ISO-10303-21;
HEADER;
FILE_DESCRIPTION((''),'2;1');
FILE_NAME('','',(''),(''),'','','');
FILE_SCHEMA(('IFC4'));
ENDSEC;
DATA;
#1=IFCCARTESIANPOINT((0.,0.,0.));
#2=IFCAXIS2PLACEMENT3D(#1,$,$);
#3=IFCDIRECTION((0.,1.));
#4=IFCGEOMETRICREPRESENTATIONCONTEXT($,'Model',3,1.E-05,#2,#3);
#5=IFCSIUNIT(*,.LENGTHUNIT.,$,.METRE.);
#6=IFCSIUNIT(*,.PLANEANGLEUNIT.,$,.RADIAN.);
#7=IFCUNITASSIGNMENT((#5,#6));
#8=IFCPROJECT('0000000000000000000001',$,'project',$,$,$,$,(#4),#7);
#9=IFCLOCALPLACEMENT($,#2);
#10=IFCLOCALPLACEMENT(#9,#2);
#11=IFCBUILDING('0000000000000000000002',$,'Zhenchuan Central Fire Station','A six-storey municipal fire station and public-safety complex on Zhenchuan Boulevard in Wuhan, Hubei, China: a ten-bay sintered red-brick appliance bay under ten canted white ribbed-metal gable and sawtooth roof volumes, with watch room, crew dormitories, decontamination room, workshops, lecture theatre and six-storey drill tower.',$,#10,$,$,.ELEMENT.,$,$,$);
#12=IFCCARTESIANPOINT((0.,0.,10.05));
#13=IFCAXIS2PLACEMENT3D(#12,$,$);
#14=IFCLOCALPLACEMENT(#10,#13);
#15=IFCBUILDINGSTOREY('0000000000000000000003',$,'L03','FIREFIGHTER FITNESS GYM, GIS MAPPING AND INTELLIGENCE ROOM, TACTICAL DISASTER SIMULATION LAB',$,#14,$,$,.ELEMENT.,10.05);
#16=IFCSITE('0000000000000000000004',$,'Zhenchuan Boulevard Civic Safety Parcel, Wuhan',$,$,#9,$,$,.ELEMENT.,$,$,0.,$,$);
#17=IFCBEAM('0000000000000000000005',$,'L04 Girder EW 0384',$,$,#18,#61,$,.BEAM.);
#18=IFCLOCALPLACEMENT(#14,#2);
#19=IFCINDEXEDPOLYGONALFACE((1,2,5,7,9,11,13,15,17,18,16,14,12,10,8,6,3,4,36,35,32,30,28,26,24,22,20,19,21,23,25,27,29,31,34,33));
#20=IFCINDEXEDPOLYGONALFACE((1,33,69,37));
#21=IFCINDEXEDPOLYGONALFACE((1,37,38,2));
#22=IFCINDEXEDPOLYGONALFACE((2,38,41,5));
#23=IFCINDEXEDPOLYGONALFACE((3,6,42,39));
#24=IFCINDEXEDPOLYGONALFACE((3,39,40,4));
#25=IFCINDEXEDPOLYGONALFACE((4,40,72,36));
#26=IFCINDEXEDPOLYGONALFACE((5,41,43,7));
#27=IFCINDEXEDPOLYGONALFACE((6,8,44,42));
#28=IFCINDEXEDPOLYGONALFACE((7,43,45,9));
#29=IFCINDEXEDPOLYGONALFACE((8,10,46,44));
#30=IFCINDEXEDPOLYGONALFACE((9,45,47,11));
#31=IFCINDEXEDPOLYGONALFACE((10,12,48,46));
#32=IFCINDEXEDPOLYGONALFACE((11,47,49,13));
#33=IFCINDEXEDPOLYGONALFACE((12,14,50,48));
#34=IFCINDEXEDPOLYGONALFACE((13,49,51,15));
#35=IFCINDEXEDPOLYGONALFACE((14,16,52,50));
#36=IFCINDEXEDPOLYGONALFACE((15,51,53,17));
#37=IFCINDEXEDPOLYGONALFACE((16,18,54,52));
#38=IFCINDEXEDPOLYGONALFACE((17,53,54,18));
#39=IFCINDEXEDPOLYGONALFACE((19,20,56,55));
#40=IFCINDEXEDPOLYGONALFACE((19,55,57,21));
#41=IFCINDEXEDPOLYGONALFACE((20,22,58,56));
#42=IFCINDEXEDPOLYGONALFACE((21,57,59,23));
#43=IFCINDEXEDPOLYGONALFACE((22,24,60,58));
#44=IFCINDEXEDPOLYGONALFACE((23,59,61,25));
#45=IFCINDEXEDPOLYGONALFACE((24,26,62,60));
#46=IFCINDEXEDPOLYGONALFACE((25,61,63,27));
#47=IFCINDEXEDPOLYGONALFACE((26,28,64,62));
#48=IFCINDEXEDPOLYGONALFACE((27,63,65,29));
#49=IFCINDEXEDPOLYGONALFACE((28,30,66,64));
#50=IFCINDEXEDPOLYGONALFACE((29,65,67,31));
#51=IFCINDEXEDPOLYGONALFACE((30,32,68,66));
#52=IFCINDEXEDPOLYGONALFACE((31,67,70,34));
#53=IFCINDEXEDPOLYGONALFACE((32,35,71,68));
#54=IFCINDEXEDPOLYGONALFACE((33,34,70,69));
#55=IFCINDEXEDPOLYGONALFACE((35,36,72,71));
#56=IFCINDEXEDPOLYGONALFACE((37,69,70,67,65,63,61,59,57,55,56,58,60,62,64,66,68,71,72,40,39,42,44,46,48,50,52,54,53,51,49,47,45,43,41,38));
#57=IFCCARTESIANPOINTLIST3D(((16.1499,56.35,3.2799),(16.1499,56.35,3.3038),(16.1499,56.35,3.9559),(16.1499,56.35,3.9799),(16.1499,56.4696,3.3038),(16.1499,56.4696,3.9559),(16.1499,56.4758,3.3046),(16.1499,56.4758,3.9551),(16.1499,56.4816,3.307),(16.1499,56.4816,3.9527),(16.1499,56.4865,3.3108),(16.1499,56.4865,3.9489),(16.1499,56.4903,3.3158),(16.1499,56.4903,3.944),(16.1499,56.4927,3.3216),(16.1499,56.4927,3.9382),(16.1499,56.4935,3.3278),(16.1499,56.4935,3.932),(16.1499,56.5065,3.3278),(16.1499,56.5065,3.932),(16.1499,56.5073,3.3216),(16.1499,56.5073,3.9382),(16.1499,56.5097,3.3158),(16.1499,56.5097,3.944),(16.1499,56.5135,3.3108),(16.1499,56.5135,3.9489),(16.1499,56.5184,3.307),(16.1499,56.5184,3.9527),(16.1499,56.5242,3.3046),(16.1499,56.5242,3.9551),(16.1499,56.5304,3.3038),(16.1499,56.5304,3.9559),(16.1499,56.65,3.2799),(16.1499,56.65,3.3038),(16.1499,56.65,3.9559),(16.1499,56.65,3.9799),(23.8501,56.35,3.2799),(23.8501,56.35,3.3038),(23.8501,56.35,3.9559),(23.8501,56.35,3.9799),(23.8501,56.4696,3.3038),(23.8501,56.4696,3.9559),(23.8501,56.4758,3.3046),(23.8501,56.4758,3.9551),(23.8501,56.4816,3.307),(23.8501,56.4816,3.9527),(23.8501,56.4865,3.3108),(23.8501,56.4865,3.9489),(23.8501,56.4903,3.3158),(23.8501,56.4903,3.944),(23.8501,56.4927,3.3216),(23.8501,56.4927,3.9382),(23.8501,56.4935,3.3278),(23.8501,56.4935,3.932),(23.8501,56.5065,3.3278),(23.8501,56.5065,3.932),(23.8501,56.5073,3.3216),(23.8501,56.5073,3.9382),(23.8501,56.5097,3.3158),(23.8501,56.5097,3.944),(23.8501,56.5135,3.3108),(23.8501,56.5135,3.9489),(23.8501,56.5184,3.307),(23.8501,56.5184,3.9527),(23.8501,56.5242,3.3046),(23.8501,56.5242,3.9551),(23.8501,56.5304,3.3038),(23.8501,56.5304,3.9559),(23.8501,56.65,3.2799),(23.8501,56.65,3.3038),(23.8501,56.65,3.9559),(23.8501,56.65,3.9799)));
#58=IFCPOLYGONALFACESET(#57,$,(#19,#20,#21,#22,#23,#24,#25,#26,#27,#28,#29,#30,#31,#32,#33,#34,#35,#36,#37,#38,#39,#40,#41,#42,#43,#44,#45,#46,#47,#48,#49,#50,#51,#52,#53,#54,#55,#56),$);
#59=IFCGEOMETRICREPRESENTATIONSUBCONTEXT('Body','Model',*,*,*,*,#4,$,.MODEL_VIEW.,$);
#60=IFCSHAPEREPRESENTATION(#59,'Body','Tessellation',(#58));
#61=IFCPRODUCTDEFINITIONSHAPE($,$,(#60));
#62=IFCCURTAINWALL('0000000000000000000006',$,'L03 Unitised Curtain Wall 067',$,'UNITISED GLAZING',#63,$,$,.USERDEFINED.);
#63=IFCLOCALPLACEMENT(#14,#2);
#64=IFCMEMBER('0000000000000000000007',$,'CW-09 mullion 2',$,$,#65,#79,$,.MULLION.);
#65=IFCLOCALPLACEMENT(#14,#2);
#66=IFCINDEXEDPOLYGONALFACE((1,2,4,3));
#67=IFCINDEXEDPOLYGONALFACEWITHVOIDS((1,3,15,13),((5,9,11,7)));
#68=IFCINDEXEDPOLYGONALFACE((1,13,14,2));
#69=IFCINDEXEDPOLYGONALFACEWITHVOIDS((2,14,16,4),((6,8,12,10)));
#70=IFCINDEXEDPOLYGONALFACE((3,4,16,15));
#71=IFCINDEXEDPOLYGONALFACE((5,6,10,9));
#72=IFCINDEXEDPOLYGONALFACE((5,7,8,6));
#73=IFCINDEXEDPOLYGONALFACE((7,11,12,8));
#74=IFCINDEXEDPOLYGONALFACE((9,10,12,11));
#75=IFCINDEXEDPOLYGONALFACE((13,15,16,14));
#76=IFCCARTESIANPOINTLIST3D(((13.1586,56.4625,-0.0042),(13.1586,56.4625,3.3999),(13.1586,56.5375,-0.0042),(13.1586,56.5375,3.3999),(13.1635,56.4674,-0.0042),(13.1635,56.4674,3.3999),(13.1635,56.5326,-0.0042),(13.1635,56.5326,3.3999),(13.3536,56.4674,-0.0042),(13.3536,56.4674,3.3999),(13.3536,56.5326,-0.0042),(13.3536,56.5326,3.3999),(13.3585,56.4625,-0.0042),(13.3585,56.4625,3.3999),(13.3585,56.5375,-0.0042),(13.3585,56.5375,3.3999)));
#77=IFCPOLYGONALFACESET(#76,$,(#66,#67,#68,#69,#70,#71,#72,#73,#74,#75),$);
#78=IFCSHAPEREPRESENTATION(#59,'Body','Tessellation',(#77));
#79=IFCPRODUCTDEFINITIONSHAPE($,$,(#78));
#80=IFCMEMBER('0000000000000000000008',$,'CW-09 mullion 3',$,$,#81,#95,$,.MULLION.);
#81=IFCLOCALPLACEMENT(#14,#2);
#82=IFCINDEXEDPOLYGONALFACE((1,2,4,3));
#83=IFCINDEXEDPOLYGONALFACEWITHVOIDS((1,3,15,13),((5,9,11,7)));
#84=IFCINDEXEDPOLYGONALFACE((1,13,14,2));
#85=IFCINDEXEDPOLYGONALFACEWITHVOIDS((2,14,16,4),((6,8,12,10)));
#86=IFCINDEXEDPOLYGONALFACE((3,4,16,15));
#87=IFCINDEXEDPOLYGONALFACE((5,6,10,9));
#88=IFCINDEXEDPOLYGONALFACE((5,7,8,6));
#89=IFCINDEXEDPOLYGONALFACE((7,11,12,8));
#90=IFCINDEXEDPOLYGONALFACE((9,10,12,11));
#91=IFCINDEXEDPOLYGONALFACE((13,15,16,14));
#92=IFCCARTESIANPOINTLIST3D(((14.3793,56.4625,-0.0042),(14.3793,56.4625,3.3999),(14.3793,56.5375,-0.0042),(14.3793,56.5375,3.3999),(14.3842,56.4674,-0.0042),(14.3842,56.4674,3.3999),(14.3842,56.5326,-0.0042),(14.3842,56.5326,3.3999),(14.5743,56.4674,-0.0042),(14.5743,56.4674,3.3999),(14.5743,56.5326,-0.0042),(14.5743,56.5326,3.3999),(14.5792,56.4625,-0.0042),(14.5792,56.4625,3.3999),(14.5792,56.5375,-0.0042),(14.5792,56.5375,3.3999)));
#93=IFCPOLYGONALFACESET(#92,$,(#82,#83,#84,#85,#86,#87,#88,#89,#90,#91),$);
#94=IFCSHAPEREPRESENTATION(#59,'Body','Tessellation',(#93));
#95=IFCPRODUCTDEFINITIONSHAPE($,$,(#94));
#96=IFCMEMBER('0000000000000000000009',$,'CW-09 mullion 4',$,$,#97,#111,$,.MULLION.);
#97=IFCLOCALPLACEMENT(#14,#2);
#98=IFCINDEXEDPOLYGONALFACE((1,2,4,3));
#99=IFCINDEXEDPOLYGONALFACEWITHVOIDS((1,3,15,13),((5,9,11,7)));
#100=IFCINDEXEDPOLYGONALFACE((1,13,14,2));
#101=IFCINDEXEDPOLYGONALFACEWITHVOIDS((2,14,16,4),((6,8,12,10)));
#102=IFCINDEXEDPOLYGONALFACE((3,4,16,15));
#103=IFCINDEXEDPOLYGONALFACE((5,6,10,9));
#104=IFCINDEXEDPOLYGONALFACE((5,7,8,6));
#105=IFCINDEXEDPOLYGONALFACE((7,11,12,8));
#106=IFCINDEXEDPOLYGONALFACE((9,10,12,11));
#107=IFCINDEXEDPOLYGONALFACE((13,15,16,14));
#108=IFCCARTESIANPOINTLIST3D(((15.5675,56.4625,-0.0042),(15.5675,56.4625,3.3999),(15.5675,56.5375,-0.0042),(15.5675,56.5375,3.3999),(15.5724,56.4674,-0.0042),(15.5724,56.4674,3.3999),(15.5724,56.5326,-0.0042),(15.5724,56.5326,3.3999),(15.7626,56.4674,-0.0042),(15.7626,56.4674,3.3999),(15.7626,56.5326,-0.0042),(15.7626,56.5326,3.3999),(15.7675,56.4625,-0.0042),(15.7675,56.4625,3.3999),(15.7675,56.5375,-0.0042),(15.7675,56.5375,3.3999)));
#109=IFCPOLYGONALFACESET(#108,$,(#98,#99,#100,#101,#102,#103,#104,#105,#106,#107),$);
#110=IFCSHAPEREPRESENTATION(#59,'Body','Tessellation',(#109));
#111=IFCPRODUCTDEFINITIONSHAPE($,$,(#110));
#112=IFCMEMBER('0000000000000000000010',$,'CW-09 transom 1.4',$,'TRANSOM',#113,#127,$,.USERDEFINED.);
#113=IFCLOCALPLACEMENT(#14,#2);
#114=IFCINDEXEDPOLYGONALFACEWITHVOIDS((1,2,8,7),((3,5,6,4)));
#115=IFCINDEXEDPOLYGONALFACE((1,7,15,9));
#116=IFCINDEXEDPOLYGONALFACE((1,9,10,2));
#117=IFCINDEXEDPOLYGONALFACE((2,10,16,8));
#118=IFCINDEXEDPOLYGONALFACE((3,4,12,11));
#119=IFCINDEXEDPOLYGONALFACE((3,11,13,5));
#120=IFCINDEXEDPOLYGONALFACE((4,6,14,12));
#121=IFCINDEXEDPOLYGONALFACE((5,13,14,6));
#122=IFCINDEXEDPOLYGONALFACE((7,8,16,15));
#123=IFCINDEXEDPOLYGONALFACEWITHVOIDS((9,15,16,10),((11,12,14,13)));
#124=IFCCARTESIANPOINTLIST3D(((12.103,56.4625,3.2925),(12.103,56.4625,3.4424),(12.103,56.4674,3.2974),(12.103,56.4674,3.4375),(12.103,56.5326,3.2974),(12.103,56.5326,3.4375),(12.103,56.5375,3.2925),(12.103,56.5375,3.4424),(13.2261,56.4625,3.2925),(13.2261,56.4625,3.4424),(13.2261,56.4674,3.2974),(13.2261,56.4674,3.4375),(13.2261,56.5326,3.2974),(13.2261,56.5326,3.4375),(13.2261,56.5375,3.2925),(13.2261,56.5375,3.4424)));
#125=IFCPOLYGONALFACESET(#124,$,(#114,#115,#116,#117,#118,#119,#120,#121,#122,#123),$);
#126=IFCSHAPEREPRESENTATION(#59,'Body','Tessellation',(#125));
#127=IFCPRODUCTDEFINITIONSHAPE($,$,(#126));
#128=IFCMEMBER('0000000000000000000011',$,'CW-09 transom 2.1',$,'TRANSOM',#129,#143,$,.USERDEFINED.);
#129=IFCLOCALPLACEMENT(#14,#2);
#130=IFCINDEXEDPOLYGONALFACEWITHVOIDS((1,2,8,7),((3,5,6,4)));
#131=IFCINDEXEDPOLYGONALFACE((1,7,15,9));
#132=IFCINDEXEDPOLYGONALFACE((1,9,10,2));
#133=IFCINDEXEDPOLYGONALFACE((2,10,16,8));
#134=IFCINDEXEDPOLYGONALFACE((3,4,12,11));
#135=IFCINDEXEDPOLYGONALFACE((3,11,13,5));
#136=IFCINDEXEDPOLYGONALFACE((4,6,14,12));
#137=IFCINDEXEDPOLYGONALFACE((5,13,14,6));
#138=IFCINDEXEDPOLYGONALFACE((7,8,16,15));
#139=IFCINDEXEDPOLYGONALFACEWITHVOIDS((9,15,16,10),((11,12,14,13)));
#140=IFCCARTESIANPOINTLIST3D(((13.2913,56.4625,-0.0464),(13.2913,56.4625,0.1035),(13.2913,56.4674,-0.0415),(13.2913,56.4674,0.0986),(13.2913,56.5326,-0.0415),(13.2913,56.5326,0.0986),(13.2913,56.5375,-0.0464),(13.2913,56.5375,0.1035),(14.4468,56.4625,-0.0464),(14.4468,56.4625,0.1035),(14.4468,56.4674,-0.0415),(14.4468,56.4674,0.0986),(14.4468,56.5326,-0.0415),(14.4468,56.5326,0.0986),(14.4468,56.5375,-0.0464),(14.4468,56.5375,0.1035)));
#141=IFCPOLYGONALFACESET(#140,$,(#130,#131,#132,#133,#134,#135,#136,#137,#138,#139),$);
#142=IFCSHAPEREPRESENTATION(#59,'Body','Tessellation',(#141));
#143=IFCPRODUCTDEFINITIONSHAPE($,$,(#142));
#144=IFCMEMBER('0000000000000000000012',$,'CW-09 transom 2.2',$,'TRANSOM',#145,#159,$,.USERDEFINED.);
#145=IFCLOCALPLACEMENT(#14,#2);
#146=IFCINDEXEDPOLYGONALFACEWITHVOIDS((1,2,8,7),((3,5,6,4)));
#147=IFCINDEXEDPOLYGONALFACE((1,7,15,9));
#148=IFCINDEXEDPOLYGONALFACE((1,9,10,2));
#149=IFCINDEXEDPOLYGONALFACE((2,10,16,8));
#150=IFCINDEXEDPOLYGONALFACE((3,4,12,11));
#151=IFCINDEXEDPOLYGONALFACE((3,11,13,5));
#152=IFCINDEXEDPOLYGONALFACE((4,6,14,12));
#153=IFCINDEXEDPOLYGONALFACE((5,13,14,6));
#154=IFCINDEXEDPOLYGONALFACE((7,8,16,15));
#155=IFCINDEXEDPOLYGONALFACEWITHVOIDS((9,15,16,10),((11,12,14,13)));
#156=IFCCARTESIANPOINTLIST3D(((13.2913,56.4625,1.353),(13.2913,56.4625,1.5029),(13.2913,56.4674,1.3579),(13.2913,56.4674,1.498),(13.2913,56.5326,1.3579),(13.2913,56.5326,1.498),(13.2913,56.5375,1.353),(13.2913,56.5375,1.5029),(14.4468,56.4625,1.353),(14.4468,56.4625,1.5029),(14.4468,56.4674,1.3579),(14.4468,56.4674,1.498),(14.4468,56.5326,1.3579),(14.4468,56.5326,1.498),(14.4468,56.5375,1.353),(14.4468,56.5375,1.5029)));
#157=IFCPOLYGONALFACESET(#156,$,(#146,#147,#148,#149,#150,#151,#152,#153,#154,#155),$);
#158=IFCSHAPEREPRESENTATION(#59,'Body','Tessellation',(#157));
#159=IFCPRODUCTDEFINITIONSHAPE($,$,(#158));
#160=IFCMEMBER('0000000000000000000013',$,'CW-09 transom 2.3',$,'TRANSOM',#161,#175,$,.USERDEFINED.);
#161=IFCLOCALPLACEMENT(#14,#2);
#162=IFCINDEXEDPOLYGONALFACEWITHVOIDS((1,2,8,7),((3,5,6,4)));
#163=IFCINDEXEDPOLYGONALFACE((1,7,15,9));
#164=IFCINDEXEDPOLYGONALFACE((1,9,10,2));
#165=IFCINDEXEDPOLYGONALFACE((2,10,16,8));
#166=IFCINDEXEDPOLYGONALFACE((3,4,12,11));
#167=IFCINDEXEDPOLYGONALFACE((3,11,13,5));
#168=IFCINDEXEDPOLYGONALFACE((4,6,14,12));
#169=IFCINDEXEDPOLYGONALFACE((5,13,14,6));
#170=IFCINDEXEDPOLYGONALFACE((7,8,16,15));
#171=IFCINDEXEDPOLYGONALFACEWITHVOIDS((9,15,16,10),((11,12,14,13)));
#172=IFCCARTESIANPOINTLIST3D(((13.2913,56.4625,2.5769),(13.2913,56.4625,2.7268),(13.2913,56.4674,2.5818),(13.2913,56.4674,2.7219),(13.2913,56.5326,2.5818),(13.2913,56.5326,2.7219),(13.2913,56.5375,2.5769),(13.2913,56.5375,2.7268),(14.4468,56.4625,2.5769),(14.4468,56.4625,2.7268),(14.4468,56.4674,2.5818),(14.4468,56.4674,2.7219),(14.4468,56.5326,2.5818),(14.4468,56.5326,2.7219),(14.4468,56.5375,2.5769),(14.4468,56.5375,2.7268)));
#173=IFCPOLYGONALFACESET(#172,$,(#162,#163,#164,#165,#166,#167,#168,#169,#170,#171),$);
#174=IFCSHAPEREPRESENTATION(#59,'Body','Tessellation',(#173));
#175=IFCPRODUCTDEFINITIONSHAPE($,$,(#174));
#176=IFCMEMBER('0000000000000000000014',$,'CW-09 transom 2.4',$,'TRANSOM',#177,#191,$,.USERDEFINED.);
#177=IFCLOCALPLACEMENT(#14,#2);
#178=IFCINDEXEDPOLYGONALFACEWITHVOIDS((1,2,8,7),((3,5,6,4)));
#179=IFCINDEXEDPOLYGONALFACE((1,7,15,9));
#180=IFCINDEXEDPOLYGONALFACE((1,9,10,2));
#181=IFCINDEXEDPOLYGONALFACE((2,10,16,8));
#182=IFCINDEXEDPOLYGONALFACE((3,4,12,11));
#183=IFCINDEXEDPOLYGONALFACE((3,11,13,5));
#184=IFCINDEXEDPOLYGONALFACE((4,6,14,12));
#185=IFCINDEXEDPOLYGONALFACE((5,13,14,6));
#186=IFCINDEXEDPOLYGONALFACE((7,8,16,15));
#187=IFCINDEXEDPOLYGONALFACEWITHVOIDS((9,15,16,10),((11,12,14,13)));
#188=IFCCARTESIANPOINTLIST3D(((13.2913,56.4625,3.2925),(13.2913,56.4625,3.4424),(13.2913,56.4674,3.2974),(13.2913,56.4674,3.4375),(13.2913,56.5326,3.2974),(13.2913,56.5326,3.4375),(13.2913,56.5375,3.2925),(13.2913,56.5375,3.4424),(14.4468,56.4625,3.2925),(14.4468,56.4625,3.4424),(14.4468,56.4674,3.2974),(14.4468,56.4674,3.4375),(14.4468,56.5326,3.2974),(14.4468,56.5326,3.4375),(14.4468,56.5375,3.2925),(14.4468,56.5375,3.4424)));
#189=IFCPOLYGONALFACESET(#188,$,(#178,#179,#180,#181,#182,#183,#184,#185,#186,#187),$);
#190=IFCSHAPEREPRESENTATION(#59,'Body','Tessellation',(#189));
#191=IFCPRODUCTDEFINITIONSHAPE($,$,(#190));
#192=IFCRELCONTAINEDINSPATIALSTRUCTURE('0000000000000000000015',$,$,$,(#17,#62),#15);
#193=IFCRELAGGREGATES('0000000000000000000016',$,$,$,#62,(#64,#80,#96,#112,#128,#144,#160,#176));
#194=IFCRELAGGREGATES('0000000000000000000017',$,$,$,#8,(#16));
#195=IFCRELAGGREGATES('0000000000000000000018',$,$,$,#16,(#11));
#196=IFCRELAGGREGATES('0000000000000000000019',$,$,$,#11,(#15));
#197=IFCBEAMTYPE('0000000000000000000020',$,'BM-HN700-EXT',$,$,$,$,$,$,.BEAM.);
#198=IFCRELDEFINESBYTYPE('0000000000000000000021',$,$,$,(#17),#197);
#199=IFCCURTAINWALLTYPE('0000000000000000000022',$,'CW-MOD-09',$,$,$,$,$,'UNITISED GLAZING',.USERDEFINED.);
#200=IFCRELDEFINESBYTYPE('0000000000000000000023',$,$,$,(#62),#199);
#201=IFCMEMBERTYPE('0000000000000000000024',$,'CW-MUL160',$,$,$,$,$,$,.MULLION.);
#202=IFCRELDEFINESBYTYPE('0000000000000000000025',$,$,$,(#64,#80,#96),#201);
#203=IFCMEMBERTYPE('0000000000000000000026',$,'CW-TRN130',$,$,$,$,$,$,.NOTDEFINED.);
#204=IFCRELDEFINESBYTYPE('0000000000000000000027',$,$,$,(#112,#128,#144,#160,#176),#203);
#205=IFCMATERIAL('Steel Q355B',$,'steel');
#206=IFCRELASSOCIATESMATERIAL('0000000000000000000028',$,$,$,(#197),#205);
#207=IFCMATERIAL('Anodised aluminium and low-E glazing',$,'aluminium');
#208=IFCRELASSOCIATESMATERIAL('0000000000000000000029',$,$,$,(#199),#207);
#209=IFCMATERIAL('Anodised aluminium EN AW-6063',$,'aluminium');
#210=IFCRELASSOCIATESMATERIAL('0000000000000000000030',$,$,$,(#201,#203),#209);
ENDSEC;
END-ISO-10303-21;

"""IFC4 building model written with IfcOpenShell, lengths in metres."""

from ifc_helpers import new_model, si_unit, direction, frame, origin, origin_2d, place, context, subcontext, project, spatial, hollow_rectangle, i_section, extrude, material, material_profile, profile_set, type_object, element, aggregate, save


model = new_model("IFC4")

# Units and contexts
model_context = context("Model", 3, precision=1e-05, world=origin(), true_north=direction((0.0, 1.0)))
body_context = subcontext(model_context, "Body", "Model", "MODEL_VIEW")
ifc_project = project(units=[si_unit("LENGTHUNIT", "METRE"), si_unit("PLANEANGLEUNIT", "RADIAN")], contexts=[model_context])

# Site, building, storey
site_placement = place(None, origin())
site = spatial("IfcSite", under=ifc_project, at=site_placement, Name="Zhenchuan Boulevard Civic Safety Parcel, Wuhan", CompositionType="ELEMENT", RefElevation=0.0)
building_placement = place(site_placement, origin())
building = spatial("IfcBuilding", under=site, at=building_placement, Name="Zhenchuan Central Fire Station", Description="A six-storey municipal fire station and public-safety complex on Zhenchuan Boulevard in Wuhan, Hubei, China: a ten-bay sintered red-brick appliance bay under ten canted white ribbed-metal gable and sawtooth roof volumes, with watch room, crew dormitories, decontamination room, workshops, lecture theatre and six-storey drill tower.", CompositionType="ELEMENT")
storey_placement = place(building_placement, frame((0.0, 0.0, 10.05)))
storey = spatial("IfcBuildingStorey", under=building, at=storey_placement, Name="L03", Description="FIREFIGHTER FITNESS GYM, GIS MAPPING AND INTELLIGENCE ROOM, TACTICAL DISASTER SIMULATION LAB", CompositionType="ELEMENT", Elevation=10.05)

# Shared definitions
ifc_material_1 = material(Name="Steel Q355B", Category="steel")

# Beam
ifc_material_profile_1 = material_profile(ifc_material_1, i_section(OverallWidth=0.3, OverallDepth=0.7, WebThickness=0.0129, FlangeThickness=0.0239, FilletRadius=0.0239, at=origin_2d()), Name="HN 700x300")
ifc_profile_set_1 = profile_set([ifc_material_profile_1], Name="Steel Q355B")
beam_type_1 = type_object("IfcBeamType", Name="BM-HN700-EXT", PredefinedType="BEAM", material=ifc_profile_set_1)
beam_1_placement = place(storey_placement, frame((16.1499, 56.5, 3.6299), z_axis=(1.0, 0.0, 0.0), x_axis=(0.0, 1.0, 0.0)))
element("IfcBeam", 1, at=beam_1_placement, inside=storey, type_object=beam_type_1, Name="L04 Girder EW 0384", PredefinedType="BEAM", context=body_context, shape_type="SweptSolid", body=[
    extrude(i_section(OverallWidth=0.3, OverallDepth=0.7, WebThickness=0.0129, FlangeThickness=0.0239, FilletRadius=0.0239, at=origin_2d()), origin(), (0.0, 0.0, 1.0), 7.7002),
])

# Curtain wall, members
ifc_material_2 = material(Name="Anodised aluminium and low-E glazing", Category="aluminium")
curtain_wall_type = type_object("IfcCurtainWallType", Name="CW-MOD-09", ElementType="UNITISED GLAZING", PredefinedType="USERDEFINED", material=ifc_material_2)
curtain_wall_placement = place(storey_placement, origin())
curtain_wall = element("IfcCurtainWall", 2, at=curtain_wall_placement, inside=storey, type_object=curtain_wall_type, Name="L03 Unitised Curtain Wall 067", ObjectType="UNITISED GLAZING", PredefinedType="USERDEFINED")
ifc_material_3 = material(Name="Anodised aluminium EN AW-6063", Category="aluminium")
ifc_material_profile_2 = material_profile(ifc_material_3, hollow_rectangle(XDim=0.075, YDim=0.2, WallThickness=0.0049, at=origin_2d()), Name="ALU-M 200x75")
ifc_profile_set_2 = profile_set([ifc_material_profile_2], Name="Anodised aluminium EN AW-6063")
member_type_1 = type_object("IfcMemberType", Name="CW-MUL160", PredefinedType="MULLION", material=ifc_profile_set_2)
member_1_placement = place(storey_placement, frame((13.2585, 56.5, -0.0042), z_axis=(0.0, 0.0, 1.0), x_axis=(0.0, 1.0, 0.0)))
member_1 = element("IfcMember", 3, at=member_1_placement, type_object=member_type_1, Name="CW-09 mullion 2", PredefinedType="MULLION", context=body_context, shape_type="SweptSolid", body=[
    extrude(hollow_rectangle(XDim=0.075, YDim=0.2, WallThickness=0.0049, at=origin_2d()), origin(), (0.0, 0.0, 1.0), 3.4041),
])
member_2_placement = place(storey_placement, frame((14.4792, 56.5, -0.0042), z_axis=(0.0, 0.0, 1.0), x_axis=(0.0, 1.0, 0.0)))
member_2 = element("IfcMember", 4, at=member_2_placement, type_object=member_type_1, Name="CW-09 mullion 3", PredefinedType="MULLION", context=body_context, shape_type="SweptSolid", body=[
    extrude(hollow_rectangle(XDim=0.075, YDim=0.2, WallThickness=0.0049, at=origin_2d()), origin(), (0.0, 0.0, 1.0), 3.4041),
])
member_3_placement = place(storey_placement, frame((15.6675, 56.5, -0.0042), z_axis=(0.0, 0.0, 1.0), x_axis=(0.0, 1.0, 0.0)))
member_3 = element("IfcMember", 5, at=member_3_placement, type_object=member_type_1, Name="CW-09 mullion 4", PredefinedType="MULLION", context=body_context, shape_type="SweptSolid", body=[
    extrude(hollow_rectangle(XDim=0.075, YDim=0.2, WallThickness=0.0049, at=origin_2d()), origin(), (0.0, 0.0, 1.0), 3.4041),
])
ifc_material_profile_3 = material_profile(ifc_material_3, hollow_rectangle(XDim=0.075, YDim=0.1499, WallThickness=0.0049, at=origin_2d()), Name="ALU-T 150x75")
ifc_profile_set_3 = profile_set([ifc_material_profile_3], Name="Anodised aluminium EN AW-6063")
member_type_2 = type_object("IfcMemberType", Name="CW-TRN130", PredefinedType="NOTDEFINED", material=ifc_profile_set_3)
member_4_placement = place(storey_placement, frame((12.103, 56.5, 3.3674), z_axis=(1.0, 0.0, 0.0), x_axis=(0.0, 1.0, 0.0)))
member_4 = element("IfcMember", 6, at=member_4_placement, type_object=member_type_2, Name="CW-09 transom 1.4", ObjectType="TRANSOM", PredefinedType="USERDEFINED", context=body_context, shape_type="SweptSolid", body=[
    extrude(hollow_rectangle(XDim=0.075, YDim=0.1499, WallThickness=0.0049, at=origin_2d()), origin(), (0.0, 0.0, 1.0), 1.123),
])
member_5_placement = place(storey_placement, frame((13.2913, 56.5, 0.0286), z_axis=(1.0, 0.0, 0.0), x_axis=(0.0, 1.0, 0.0)))
member_5 = element("IfcMember", 7, at=member_5_placement, type_object=member_type_2, Name="CW-09 transom 2.1", ObjectType="TRANSOM", PredefinedType="USERDEFINED", context=body_context, shape_type="SweptSolid", body=[
    extrude(hollow_rectangle(XDim=0.075, YDim=0.1499, WallThickness=0.0049, at=origin_2d()), origin(), (0.0, 0.0, 1.0), 1.1555),
])
member_6_placement = place(storey_placement, frame((13.2913, 56.5, 1.428), z_axis=(1.0, 0.0, 0.0), x_axis=(0.0, 1.0, 0.0)))
member_6 = element("IfcMember", 8, at=member_6_placement, type_object=member_type_2, Name="CW-09 transom 2.2", ObjectType="TRANSOM", PredefinedType="USERDEFINED", context=body_context, shape_type="SweptSolid", body=[
    extrude(hollow_rectangle(XDim=0.075, YDim=0.1499, WallThickness=0.0049, at=origin_2d()), origin(), (0.0, 0.0, 1.0), 1.1555),
])
member_7_placement = place(storey_placement, frame((13.2913, 56.5, 2.6519), z_axis=(1.0, 0.0, 0.0), x_axis=(0.0, 1.0, 0.0)))
member_7 = element("IfcMember", 9, at=member_7_placement, type_object=member_type_2, Name="CW-09 transom 2.3", ObjectType="TRANSOM", PredefinedType="USERDEFINED", context=body_context, shape_type="SweptSolid", body=[
    extrude(hollow_rectangle(XDim=0.075, YDim=0.1499, WallThickness=0.0049, at=origin_2d()), origin(), (0.0, 0.0, 1.0), 1.1555),
])
member_8_placement = place(storey_placement, frame((13.2913, 56.5, 3.3674), z_axis=(1.0, 0.0, 0.0), x_axis=(0.0, 1.0, 0.0)))
member_8 = element("IfcMember", 10, at=member_8_placement, type_object=member_type_2, Name="CW-09 transom 2.4", ObjectType="TRANSOM", PredefinedType="USERDEFINED", context=body_context, shape_type="SweptSolid", body=[
    extrude(hollow_rectangle(XDim=0.075, YDim=0.1499, WallThickness=0.0049, at=origin_2d()), origin(), (0.0, 0.0, 1.0), 1.1555),
])

aggregate(curtain_wall, [member_1, member_2, member_3, member_4, member_5, member_6, member_7, member_8])

save(model, "model.ifc")
